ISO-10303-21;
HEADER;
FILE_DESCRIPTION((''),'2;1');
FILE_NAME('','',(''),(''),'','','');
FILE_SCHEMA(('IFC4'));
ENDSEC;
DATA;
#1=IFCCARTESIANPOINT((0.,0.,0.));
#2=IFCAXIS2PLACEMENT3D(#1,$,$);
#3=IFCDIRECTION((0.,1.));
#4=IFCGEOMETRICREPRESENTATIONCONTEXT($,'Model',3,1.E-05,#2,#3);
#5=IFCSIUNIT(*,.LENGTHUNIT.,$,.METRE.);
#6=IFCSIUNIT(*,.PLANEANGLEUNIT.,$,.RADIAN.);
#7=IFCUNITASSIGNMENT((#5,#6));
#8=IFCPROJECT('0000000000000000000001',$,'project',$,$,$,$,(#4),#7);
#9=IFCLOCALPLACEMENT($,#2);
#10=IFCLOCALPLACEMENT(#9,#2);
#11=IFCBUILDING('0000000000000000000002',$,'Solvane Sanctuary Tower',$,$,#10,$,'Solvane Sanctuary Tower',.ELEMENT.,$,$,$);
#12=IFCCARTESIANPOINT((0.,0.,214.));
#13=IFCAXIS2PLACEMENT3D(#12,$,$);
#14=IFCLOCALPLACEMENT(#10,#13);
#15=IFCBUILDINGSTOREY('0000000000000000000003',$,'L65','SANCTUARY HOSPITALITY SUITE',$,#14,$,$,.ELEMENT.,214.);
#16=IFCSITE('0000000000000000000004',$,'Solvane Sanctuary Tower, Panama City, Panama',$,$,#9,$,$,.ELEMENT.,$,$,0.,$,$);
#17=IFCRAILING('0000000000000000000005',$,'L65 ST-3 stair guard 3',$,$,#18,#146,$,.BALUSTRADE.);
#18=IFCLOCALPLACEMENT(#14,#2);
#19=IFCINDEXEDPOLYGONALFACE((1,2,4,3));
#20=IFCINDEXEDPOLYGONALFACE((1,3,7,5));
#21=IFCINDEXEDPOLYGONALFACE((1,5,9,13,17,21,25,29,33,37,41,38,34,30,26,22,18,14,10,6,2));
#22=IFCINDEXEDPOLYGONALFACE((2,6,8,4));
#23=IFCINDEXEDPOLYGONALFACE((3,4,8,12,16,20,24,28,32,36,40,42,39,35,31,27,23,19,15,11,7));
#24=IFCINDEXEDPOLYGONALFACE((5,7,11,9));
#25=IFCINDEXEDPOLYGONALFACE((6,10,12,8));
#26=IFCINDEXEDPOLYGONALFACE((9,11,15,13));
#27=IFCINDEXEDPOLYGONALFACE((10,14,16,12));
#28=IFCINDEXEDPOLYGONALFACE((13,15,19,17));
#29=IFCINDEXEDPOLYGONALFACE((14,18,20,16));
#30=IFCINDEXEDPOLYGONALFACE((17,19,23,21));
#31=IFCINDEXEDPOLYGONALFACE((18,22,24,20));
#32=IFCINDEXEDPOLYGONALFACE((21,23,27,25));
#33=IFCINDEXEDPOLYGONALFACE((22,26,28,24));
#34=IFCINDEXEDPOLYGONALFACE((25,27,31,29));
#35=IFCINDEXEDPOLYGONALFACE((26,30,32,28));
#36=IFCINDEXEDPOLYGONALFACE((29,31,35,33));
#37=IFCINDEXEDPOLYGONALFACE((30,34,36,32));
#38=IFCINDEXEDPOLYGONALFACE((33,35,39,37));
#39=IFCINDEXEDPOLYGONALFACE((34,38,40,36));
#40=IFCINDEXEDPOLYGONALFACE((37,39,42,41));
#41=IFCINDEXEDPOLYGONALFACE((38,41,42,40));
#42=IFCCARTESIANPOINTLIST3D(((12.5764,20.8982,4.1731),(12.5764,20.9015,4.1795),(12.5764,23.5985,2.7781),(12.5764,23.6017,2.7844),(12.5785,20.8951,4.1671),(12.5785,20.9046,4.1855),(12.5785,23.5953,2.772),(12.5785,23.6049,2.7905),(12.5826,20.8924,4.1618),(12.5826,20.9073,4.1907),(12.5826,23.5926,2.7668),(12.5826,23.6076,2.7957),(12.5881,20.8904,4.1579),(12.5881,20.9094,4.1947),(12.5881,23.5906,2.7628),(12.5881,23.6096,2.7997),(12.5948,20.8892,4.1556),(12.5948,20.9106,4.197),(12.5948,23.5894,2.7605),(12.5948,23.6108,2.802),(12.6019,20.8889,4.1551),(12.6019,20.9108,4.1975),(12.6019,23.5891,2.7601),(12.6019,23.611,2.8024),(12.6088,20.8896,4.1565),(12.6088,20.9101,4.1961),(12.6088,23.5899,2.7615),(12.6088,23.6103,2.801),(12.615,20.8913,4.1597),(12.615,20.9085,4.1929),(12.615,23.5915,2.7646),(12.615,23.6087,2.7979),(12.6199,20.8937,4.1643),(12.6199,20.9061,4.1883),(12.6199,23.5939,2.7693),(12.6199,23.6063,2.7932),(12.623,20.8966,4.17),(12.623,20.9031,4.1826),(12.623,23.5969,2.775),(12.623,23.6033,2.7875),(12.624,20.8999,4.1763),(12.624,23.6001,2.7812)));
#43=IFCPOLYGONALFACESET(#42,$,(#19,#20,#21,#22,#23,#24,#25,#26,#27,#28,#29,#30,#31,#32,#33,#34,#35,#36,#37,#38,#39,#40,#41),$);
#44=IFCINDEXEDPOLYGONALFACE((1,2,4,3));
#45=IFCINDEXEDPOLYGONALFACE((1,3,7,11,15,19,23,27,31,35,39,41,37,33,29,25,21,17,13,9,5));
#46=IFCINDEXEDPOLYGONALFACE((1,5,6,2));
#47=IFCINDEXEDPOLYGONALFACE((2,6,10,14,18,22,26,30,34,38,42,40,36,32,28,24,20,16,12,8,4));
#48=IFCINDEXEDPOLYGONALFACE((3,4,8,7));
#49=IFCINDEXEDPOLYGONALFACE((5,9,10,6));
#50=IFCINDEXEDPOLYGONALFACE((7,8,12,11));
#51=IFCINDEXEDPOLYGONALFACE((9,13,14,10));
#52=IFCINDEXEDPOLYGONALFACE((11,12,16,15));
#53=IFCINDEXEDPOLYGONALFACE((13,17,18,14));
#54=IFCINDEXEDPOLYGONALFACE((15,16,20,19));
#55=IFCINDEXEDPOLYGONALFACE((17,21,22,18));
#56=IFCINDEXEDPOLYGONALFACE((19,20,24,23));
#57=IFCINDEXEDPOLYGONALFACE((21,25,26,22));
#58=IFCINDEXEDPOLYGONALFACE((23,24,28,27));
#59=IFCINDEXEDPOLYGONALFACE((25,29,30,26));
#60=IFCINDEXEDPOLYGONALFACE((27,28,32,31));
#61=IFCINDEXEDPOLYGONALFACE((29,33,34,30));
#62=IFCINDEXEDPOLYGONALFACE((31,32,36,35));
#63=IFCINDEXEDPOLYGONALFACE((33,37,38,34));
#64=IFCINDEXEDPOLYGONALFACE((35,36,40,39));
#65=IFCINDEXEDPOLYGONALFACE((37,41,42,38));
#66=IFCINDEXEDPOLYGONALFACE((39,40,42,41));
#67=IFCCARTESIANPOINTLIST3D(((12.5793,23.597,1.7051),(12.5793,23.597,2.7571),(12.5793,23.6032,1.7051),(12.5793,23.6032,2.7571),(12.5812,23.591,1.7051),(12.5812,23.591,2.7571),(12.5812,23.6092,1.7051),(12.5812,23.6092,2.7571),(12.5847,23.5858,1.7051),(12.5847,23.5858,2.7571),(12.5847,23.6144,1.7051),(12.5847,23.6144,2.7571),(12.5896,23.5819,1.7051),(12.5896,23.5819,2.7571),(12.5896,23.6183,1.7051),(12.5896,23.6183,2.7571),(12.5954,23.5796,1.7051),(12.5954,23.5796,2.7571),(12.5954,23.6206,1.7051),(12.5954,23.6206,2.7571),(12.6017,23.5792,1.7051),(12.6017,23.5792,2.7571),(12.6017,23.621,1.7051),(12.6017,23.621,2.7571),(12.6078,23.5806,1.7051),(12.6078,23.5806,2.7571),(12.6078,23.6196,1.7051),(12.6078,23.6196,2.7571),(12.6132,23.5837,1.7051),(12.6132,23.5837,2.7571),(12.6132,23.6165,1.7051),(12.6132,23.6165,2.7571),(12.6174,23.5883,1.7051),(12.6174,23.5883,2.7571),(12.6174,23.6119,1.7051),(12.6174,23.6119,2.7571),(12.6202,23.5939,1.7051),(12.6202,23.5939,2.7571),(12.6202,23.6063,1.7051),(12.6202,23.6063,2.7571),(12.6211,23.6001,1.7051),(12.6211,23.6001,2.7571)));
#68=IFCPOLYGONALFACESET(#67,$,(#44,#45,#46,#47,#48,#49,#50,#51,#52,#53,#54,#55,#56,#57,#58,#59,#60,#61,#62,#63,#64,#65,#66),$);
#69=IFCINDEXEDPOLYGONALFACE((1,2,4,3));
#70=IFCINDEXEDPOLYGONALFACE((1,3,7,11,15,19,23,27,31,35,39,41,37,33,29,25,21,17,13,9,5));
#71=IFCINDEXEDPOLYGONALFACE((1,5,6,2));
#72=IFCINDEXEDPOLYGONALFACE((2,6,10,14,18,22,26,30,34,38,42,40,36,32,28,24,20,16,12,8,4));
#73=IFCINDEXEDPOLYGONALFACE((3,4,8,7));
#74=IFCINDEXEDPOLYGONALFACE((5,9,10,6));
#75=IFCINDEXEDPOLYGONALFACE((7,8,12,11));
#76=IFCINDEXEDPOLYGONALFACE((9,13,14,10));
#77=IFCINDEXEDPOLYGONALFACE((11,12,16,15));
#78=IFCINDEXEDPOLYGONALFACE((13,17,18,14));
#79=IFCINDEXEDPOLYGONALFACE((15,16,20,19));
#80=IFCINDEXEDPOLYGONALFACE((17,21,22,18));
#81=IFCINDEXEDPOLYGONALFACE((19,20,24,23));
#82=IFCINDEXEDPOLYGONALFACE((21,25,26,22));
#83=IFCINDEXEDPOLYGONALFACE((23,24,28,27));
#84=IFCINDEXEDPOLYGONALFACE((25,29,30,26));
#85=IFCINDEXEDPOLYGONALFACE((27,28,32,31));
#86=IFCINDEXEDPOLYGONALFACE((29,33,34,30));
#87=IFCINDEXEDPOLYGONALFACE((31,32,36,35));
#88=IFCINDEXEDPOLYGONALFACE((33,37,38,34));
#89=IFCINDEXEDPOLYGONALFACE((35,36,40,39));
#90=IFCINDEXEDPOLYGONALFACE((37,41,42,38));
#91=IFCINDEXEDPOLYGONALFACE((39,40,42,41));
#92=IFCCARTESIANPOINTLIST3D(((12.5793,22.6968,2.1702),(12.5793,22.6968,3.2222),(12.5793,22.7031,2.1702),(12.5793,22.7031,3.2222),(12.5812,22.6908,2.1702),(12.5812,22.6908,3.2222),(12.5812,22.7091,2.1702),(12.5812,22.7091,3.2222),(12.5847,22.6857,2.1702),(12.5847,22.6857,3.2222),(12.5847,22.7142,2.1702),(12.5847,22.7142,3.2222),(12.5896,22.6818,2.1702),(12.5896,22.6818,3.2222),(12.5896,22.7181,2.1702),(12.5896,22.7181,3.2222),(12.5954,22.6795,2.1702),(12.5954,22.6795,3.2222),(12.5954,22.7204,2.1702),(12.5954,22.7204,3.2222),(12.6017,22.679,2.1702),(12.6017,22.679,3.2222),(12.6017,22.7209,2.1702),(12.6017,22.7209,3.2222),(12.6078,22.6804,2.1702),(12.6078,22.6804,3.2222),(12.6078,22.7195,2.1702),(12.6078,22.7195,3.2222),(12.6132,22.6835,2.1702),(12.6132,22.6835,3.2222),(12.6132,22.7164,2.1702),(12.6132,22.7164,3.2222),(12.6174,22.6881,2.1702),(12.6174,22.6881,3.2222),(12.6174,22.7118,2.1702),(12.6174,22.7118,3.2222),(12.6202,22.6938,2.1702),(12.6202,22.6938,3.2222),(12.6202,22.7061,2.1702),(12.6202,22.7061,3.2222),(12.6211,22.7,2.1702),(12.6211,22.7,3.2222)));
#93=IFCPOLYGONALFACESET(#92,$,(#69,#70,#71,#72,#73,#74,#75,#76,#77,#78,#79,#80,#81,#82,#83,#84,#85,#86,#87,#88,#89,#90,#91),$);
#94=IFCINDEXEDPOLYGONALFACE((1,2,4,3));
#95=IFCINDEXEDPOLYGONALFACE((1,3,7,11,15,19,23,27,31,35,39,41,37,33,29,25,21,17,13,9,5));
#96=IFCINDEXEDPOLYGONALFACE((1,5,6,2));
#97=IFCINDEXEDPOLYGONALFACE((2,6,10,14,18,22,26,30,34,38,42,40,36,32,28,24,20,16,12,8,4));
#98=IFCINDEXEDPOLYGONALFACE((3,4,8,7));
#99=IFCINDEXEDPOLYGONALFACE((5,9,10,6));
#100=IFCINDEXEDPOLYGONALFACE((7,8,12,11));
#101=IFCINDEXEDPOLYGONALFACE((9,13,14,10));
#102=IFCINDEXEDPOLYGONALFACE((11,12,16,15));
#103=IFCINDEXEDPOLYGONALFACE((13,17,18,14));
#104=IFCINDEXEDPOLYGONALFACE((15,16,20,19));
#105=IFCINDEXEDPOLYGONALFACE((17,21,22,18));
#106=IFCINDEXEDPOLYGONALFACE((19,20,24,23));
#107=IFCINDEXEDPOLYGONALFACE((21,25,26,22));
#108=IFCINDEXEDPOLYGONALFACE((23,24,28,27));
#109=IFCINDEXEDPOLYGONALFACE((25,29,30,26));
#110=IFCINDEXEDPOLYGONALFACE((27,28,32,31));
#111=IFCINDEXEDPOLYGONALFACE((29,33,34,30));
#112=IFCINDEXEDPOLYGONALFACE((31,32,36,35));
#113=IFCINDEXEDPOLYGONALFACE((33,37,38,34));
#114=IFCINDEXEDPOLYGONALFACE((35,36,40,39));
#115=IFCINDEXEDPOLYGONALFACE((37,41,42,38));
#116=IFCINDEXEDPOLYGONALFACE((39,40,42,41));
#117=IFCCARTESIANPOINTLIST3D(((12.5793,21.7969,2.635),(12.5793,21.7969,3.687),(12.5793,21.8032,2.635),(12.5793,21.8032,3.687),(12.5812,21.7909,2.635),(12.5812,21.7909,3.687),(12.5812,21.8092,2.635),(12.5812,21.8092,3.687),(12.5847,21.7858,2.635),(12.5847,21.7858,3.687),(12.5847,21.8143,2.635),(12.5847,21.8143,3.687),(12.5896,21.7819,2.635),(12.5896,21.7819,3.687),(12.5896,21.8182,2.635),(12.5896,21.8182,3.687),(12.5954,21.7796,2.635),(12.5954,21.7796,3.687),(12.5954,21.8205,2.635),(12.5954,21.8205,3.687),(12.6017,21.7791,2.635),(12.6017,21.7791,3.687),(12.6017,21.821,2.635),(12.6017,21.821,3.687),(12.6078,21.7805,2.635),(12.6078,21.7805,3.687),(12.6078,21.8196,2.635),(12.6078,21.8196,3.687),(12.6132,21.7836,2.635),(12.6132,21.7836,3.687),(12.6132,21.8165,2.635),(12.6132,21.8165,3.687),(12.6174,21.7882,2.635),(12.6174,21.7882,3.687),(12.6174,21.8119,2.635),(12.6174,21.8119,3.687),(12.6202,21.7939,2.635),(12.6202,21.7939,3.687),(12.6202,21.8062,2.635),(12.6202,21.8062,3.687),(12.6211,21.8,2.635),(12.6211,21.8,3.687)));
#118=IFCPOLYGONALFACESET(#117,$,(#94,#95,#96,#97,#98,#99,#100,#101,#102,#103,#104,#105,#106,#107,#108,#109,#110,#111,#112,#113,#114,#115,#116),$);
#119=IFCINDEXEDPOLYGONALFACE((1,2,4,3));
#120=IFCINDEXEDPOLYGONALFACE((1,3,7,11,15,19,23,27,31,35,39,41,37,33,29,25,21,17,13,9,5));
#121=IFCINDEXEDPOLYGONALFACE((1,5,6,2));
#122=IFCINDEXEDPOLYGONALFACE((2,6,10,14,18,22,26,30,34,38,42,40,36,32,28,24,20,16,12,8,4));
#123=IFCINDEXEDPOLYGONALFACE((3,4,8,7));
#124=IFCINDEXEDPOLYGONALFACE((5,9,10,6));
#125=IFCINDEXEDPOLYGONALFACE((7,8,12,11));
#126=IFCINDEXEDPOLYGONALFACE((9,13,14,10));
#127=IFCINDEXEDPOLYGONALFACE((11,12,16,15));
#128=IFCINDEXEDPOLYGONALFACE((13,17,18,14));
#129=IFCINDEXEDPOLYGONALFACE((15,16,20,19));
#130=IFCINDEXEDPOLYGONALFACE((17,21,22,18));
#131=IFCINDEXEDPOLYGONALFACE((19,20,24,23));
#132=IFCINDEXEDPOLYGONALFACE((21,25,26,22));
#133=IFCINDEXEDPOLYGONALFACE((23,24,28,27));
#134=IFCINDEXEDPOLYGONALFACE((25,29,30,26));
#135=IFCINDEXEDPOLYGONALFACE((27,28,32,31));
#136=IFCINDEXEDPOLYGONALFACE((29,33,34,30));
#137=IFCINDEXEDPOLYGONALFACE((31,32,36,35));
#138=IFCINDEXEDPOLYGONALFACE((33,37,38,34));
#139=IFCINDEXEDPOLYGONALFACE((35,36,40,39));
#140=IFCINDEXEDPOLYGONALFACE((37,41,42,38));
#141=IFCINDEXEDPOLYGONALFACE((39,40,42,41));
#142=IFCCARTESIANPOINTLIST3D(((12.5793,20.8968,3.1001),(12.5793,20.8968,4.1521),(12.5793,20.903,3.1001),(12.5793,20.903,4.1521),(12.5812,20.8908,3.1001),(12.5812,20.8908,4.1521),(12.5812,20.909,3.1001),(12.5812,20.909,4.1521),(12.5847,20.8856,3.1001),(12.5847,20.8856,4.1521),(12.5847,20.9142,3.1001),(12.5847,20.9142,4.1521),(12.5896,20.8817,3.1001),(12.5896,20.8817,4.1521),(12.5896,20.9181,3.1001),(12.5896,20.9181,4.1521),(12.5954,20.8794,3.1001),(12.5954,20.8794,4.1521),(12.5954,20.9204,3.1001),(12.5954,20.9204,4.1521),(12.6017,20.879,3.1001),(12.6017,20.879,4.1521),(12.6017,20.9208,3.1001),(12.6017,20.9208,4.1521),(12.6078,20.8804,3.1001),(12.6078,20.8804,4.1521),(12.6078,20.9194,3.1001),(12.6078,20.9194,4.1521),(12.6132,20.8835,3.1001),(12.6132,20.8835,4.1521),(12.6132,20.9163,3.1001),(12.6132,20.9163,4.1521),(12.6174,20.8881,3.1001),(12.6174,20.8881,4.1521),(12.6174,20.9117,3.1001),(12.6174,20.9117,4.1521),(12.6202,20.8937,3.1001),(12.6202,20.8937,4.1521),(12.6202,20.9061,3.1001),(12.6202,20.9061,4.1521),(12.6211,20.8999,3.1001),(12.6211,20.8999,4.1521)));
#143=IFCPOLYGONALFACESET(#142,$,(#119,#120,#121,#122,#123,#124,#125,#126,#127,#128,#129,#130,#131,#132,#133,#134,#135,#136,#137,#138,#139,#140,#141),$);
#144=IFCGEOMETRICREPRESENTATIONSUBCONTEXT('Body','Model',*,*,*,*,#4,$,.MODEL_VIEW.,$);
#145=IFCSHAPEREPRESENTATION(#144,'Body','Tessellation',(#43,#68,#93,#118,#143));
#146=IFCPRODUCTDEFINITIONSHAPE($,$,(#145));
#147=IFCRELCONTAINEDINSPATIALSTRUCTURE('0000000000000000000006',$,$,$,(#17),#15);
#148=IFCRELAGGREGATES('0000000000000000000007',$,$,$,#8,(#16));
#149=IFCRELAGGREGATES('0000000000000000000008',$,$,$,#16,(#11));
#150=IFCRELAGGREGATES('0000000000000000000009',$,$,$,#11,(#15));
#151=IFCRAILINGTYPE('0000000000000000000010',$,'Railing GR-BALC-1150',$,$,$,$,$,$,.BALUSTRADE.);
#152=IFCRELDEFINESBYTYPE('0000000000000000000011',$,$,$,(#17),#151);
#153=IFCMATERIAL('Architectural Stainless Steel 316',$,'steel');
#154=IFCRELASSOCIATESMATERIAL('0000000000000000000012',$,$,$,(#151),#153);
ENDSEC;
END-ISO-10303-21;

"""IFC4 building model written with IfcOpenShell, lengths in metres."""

from ifc_helpers import new_model, si_unit, direction, frame, origin, origin_2d, place, context, subcontext, project, spatial, circle, extrude, material, type_object, element, save


model = new_model("IFC4")

# Units and contexts
model_context = context("Model", 3, precision=1e-05, world=origin(), true_north=direction((0.0, 1.0)))
body_context = subcontext(model_context, "Body", "Model", "MODEL_VIEW")
ifc_project = project(units=[si_unit("LENGTHUNIT", "METRE"), si_unit("PLANEANGLEUNIT", "RADIAN")], contexts=[model_context])

# Site, building, storey
site_placement = place(None, origin())
site = spatial("IfcSite", under=ifc_project, at=site_placement, Name="Solvane Sanctuary Tower, Panama City, Panama", CompositionType="ELEMENT", RefElevation=0.0)
building_placement = place(site_placement, origin())
building = spatial("IfcBuilding", under=site, at=building_placement, Name="Solvane Sanctuary Tower", LongName="Solvane Sanctuary Tower", CompositionType="ELEMENT")
storey_placement = place(building_placement, frame((0.0, 0.0, 214.0)))
storey = spatial("IfcBuildingStorey", under=building, at=storey_placement, Name="L65", Description="SANCTUARY HOSPITALITY SUITE", CompositionType="ELEMENT", Elevation=214.0)

# Shared definitions
ifc_material_1 = material(Name="Architectural Stainless Steel 316", Category="steel")

# Railing
railing_type_1 = type_object("IfcRailingType", Name="Railing GR-BALC-1150", PredefinedType="BALUSTRADE", material=ifc_material_1)
railing_1_placement = place(storey_placement, frame((12.6001, 23.6001, 1.7051)))
element("IfcRailing", 1, at=railing_1_placement, inside=storey, type_object=railing_type_1, Name="L65 ST-3 stair guard 3", PredefinedType="BALUSTRADE", context=body_context, shape_type="SweptSolid", body=[
    extrude(circle(Radius=0.0239, at=origin_2d()), frame((0.0, 0.0, 1.0762), z_axis=(0.0, -0.888437, 0.458999), x_axis=(1.0, 0.0, 0.0)), (0.0, 0.0, 1.0), 3.0393),
    extrude(circle(Radius=0.021, at=origin_2d()), origin(), (0.0, 0.0, 1.0), 1.052),
    extrude(circle(Radius=0.021, at=origin_2d()), frame((0.0, -0.9001, 0.4651)), (0.0, 0.0, 1.0), 1.052),
    extrude(circle(Radius=0.021, at=origin_2d()), frame((0.0, -1.8, 0.9299)), (0.0, 0.0, 1.0), 1.052),
    extrude(circle(Radius=0.021, at=origin_2d()), frame((0.0, -2.7002, 1.395)), (0.0, 0.0, 1.0), 1.052),
])

save(model, "model.ifc")
